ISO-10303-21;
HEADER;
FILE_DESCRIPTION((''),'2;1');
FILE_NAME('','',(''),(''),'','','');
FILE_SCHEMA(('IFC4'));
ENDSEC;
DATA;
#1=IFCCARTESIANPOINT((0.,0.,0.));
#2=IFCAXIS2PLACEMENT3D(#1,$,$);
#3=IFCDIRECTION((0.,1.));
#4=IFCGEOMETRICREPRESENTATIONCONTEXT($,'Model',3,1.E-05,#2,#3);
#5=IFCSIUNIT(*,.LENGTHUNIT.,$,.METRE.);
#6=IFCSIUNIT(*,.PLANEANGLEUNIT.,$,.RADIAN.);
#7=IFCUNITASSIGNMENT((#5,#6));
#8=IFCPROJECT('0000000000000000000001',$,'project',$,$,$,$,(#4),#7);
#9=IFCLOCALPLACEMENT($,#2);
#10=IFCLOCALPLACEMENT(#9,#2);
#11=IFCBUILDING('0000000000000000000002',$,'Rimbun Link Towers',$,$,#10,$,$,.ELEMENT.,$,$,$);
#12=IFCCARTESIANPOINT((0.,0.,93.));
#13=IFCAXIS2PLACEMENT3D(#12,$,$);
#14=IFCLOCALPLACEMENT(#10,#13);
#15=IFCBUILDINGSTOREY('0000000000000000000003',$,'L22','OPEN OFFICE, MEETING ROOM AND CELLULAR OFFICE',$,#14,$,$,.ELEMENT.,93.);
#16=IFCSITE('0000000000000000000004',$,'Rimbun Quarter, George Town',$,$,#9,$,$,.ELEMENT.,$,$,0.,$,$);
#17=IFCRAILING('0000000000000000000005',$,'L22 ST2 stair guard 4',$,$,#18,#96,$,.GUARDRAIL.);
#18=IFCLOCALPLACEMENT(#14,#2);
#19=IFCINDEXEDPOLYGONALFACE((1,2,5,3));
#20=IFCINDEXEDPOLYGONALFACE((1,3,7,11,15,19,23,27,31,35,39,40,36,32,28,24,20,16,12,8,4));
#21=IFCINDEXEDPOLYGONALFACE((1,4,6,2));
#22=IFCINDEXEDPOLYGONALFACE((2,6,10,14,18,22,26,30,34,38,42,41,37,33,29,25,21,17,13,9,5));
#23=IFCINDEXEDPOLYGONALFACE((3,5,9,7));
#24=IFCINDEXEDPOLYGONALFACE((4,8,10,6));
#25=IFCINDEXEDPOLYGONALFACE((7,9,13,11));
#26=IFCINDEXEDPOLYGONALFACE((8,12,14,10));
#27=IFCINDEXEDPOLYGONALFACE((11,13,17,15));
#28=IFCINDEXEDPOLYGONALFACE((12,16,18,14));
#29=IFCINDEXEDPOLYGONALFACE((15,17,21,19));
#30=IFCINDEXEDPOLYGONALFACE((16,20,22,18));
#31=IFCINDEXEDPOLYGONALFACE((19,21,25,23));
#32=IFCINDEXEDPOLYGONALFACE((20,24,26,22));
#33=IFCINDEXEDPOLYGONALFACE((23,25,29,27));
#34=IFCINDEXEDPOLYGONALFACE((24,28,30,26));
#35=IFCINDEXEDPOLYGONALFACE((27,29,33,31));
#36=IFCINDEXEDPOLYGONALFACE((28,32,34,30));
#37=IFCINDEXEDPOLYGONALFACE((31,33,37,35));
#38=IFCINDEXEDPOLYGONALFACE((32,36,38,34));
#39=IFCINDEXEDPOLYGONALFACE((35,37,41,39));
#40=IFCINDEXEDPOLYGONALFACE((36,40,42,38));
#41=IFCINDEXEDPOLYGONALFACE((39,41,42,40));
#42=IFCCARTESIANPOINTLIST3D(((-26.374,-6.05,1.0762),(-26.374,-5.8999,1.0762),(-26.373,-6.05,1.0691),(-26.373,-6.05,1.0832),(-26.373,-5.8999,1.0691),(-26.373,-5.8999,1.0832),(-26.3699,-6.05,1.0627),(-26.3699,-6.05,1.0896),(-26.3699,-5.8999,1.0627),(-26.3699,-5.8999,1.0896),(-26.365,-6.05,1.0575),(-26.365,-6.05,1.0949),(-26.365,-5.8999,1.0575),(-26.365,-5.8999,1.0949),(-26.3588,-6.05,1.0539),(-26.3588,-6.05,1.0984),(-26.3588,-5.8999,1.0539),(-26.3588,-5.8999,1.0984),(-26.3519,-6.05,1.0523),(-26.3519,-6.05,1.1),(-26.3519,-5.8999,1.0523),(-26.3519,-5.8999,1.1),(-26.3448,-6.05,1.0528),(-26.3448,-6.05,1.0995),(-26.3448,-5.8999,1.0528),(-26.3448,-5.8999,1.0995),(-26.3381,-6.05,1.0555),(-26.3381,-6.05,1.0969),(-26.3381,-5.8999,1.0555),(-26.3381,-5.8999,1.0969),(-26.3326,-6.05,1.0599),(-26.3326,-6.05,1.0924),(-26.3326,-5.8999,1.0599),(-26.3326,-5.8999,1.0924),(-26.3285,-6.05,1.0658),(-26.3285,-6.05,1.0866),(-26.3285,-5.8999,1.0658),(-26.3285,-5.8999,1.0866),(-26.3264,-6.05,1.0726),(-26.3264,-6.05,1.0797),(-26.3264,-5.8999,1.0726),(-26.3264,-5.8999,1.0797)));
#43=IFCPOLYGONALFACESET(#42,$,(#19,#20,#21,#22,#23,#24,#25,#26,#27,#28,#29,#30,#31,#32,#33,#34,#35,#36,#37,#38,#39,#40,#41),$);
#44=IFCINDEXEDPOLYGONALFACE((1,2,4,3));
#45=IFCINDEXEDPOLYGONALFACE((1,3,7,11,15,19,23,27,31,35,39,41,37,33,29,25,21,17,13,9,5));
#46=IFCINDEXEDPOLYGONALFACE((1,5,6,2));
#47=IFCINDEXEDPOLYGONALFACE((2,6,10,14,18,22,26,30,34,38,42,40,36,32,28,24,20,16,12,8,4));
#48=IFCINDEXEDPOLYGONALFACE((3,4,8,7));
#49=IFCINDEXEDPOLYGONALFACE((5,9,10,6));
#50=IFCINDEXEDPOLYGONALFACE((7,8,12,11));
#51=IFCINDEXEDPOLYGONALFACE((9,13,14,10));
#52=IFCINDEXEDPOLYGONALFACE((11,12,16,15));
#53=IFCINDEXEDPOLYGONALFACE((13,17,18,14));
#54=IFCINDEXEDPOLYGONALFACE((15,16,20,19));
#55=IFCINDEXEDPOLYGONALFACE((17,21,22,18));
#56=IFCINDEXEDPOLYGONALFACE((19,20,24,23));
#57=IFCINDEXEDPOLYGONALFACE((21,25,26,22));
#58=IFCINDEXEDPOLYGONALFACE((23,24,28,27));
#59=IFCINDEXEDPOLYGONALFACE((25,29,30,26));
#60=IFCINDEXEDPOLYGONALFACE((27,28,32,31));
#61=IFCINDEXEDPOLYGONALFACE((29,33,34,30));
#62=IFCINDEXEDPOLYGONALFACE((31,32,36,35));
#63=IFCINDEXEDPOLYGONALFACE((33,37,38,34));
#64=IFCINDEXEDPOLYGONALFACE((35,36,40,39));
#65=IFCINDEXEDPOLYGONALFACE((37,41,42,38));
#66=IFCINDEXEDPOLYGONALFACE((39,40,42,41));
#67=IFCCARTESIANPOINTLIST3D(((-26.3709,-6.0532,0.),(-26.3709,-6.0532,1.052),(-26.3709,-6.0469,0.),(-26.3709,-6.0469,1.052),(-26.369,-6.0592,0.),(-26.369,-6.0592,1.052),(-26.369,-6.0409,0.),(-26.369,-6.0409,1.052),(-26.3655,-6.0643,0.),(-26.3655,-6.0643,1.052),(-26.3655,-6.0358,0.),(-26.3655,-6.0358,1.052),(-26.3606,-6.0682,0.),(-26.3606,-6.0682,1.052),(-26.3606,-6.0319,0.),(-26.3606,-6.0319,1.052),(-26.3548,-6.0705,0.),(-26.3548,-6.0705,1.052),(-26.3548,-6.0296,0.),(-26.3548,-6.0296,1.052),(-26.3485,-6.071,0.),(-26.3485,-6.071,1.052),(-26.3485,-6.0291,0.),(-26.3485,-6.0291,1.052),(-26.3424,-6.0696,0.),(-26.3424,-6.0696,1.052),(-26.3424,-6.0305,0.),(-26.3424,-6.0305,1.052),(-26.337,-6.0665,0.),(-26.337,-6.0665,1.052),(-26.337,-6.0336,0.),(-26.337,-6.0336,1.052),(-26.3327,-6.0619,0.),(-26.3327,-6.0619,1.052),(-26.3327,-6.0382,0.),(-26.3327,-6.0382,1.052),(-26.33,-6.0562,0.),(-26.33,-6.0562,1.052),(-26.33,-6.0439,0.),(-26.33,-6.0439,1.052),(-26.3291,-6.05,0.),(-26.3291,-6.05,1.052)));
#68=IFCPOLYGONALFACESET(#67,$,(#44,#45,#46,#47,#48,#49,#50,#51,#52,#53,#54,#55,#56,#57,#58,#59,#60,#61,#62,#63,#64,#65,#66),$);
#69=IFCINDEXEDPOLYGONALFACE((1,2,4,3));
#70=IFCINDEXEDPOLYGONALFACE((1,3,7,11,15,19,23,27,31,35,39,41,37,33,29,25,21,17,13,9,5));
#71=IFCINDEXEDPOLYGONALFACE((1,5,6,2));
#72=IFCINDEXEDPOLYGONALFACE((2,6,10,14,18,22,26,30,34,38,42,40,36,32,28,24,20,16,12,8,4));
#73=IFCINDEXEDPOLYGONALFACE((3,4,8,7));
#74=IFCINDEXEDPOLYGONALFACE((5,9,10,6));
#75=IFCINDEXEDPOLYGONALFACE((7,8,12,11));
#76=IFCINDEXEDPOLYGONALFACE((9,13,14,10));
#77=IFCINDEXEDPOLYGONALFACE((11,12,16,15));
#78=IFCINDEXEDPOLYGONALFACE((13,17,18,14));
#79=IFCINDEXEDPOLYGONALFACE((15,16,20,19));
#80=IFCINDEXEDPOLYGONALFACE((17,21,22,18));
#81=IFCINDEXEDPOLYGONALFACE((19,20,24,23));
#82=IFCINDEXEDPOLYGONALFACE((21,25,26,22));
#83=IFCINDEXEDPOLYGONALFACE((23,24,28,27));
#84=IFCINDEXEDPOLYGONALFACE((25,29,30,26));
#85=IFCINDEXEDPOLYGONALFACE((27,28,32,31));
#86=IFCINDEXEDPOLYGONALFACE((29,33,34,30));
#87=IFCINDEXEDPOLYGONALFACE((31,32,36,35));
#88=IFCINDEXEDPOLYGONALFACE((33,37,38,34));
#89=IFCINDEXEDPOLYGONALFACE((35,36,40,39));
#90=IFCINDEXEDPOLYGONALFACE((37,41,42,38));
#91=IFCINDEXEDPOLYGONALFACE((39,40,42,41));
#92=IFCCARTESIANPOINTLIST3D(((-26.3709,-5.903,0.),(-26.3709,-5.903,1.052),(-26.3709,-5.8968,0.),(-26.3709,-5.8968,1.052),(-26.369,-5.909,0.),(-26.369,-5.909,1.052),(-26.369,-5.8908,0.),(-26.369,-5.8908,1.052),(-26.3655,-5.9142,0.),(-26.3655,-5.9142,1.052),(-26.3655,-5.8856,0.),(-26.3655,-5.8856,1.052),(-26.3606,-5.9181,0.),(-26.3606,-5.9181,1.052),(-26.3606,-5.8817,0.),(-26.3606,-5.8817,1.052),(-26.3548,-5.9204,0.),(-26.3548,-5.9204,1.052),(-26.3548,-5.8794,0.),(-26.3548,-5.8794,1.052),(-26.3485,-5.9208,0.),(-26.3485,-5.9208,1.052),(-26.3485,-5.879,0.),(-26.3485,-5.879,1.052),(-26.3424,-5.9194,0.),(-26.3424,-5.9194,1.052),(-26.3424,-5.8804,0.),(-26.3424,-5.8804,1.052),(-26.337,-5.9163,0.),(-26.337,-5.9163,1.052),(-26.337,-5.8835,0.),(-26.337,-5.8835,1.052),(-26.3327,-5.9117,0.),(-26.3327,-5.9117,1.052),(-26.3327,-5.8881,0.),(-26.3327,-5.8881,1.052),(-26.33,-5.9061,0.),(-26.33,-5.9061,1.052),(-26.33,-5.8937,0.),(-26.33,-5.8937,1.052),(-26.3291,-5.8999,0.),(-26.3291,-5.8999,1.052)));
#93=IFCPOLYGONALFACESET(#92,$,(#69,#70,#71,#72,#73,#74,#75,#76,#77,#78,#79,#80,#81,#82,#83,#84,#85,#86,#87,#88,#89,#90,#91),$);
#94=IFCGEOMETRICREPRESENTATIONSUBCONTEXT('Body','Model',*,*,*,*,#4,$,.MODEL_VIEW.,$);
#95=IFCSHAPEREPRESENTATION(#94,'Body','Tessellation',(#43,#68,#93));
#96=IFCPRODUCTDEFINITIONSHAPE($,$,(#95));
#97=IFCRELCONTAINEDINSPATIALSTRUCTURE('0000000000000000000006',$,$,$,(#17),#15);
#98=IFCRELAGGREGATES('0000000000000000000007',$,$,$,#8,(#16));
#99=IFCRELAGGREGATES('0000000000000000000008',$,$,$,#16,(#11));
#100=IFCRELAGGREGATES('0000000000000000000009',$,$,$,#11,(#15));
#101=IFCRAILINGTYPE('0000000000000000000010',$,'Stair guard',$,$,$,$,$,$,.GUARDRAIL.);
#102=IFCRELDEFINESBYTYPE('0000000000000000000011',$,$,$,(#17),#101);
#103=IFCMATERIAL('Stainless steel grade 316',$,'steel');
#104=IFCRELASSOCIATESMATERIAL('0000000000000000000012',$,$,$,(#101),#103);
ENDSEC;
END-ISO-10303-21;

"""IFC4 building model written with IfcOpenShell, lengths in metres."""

from ifc_helpers import new_model, si_unit, direction, frame, origin, origin_2d, place, context, subcontext, project, spatial, circle, extrude, material, type_object, element, save


model = new_model("IFC4")

# Units and contexts
model_context = context("Model", 3, precision=1e-05, world=origin(), true_north=direction((0.0, 1.0)))
body_context = subcontext(model_context, "Body", "Model", "MODEL_VIEW")
ifc_project = project(units=[si_unit("LENGTHUNIT", "METRE"), si_unit("PLANEANGLEUNIT", "RADIAN")], contexts=[model_context])

# Site, building, storey
site_placement = place(None, origin())
site = spatial("IfcSite", under=ifc_project, at=site_placement, Name="Rimbun Quarter, George Town", CompositionType="ELEMENT", RefElevation=0.0)
building_placement = place(site_placement, origin())
building = spatial("IfcBuilding", under=site, at=building_placement, Name="Rimbun Link Towers", CompositionType="ELEMENT")
storey_placement = place(building_placement, frame((0.0, 0.0, 93.0)))
storey = spatial("IfcBuildingStorey", under=building, at=storey_placement, Name="L22", Description="OPEN OFFICE, MEETING ROOM AND CELLULAR OFFICE", CompositionType="ELEMENT", Elevation=93.0)

# Railing
ifc_material_1 = material(Name="Stainless steel grade 316", Category="steel")
railing_type_1 = type_object("IfcRailingType", Name="Stair guard", PredefinedType="GUARDRAIL", material=ifc_material_1)
railing_1_placement = place(storey_placement, frame((-26.3501, -6.05, 0.0)))
element("IfcRailing", 1, at=railing_1_placement, inside=storey, type_object=railing_type_1, Name="L22 ST2 stair guard 4", PredefinedType="GUARDRAIL", context=body_context, shape_type="SweptSolid", body=[
    extrude(circle(Radius=0.0239, at=origin_2d()), frame((0.0, 0.0, 1.0762), z_axis=(0.0, 1.0, 0.0), x_axis=(-1.0, 0.0, 0.0)), (0.0, 0.0, 1.0), 0.1501),
    extrude(circle(Radius=0.021, at=origin_2d()), origin(), (0.0, 0.0, 1.0), 1.052),
    extrude(circle(Radius=0.021, at=origin_2d()), frame((0.0, 0.1501, 0.0)), (0.0, 0.0, 1.0), 1.052),
])

save(model, "model.ifc")
